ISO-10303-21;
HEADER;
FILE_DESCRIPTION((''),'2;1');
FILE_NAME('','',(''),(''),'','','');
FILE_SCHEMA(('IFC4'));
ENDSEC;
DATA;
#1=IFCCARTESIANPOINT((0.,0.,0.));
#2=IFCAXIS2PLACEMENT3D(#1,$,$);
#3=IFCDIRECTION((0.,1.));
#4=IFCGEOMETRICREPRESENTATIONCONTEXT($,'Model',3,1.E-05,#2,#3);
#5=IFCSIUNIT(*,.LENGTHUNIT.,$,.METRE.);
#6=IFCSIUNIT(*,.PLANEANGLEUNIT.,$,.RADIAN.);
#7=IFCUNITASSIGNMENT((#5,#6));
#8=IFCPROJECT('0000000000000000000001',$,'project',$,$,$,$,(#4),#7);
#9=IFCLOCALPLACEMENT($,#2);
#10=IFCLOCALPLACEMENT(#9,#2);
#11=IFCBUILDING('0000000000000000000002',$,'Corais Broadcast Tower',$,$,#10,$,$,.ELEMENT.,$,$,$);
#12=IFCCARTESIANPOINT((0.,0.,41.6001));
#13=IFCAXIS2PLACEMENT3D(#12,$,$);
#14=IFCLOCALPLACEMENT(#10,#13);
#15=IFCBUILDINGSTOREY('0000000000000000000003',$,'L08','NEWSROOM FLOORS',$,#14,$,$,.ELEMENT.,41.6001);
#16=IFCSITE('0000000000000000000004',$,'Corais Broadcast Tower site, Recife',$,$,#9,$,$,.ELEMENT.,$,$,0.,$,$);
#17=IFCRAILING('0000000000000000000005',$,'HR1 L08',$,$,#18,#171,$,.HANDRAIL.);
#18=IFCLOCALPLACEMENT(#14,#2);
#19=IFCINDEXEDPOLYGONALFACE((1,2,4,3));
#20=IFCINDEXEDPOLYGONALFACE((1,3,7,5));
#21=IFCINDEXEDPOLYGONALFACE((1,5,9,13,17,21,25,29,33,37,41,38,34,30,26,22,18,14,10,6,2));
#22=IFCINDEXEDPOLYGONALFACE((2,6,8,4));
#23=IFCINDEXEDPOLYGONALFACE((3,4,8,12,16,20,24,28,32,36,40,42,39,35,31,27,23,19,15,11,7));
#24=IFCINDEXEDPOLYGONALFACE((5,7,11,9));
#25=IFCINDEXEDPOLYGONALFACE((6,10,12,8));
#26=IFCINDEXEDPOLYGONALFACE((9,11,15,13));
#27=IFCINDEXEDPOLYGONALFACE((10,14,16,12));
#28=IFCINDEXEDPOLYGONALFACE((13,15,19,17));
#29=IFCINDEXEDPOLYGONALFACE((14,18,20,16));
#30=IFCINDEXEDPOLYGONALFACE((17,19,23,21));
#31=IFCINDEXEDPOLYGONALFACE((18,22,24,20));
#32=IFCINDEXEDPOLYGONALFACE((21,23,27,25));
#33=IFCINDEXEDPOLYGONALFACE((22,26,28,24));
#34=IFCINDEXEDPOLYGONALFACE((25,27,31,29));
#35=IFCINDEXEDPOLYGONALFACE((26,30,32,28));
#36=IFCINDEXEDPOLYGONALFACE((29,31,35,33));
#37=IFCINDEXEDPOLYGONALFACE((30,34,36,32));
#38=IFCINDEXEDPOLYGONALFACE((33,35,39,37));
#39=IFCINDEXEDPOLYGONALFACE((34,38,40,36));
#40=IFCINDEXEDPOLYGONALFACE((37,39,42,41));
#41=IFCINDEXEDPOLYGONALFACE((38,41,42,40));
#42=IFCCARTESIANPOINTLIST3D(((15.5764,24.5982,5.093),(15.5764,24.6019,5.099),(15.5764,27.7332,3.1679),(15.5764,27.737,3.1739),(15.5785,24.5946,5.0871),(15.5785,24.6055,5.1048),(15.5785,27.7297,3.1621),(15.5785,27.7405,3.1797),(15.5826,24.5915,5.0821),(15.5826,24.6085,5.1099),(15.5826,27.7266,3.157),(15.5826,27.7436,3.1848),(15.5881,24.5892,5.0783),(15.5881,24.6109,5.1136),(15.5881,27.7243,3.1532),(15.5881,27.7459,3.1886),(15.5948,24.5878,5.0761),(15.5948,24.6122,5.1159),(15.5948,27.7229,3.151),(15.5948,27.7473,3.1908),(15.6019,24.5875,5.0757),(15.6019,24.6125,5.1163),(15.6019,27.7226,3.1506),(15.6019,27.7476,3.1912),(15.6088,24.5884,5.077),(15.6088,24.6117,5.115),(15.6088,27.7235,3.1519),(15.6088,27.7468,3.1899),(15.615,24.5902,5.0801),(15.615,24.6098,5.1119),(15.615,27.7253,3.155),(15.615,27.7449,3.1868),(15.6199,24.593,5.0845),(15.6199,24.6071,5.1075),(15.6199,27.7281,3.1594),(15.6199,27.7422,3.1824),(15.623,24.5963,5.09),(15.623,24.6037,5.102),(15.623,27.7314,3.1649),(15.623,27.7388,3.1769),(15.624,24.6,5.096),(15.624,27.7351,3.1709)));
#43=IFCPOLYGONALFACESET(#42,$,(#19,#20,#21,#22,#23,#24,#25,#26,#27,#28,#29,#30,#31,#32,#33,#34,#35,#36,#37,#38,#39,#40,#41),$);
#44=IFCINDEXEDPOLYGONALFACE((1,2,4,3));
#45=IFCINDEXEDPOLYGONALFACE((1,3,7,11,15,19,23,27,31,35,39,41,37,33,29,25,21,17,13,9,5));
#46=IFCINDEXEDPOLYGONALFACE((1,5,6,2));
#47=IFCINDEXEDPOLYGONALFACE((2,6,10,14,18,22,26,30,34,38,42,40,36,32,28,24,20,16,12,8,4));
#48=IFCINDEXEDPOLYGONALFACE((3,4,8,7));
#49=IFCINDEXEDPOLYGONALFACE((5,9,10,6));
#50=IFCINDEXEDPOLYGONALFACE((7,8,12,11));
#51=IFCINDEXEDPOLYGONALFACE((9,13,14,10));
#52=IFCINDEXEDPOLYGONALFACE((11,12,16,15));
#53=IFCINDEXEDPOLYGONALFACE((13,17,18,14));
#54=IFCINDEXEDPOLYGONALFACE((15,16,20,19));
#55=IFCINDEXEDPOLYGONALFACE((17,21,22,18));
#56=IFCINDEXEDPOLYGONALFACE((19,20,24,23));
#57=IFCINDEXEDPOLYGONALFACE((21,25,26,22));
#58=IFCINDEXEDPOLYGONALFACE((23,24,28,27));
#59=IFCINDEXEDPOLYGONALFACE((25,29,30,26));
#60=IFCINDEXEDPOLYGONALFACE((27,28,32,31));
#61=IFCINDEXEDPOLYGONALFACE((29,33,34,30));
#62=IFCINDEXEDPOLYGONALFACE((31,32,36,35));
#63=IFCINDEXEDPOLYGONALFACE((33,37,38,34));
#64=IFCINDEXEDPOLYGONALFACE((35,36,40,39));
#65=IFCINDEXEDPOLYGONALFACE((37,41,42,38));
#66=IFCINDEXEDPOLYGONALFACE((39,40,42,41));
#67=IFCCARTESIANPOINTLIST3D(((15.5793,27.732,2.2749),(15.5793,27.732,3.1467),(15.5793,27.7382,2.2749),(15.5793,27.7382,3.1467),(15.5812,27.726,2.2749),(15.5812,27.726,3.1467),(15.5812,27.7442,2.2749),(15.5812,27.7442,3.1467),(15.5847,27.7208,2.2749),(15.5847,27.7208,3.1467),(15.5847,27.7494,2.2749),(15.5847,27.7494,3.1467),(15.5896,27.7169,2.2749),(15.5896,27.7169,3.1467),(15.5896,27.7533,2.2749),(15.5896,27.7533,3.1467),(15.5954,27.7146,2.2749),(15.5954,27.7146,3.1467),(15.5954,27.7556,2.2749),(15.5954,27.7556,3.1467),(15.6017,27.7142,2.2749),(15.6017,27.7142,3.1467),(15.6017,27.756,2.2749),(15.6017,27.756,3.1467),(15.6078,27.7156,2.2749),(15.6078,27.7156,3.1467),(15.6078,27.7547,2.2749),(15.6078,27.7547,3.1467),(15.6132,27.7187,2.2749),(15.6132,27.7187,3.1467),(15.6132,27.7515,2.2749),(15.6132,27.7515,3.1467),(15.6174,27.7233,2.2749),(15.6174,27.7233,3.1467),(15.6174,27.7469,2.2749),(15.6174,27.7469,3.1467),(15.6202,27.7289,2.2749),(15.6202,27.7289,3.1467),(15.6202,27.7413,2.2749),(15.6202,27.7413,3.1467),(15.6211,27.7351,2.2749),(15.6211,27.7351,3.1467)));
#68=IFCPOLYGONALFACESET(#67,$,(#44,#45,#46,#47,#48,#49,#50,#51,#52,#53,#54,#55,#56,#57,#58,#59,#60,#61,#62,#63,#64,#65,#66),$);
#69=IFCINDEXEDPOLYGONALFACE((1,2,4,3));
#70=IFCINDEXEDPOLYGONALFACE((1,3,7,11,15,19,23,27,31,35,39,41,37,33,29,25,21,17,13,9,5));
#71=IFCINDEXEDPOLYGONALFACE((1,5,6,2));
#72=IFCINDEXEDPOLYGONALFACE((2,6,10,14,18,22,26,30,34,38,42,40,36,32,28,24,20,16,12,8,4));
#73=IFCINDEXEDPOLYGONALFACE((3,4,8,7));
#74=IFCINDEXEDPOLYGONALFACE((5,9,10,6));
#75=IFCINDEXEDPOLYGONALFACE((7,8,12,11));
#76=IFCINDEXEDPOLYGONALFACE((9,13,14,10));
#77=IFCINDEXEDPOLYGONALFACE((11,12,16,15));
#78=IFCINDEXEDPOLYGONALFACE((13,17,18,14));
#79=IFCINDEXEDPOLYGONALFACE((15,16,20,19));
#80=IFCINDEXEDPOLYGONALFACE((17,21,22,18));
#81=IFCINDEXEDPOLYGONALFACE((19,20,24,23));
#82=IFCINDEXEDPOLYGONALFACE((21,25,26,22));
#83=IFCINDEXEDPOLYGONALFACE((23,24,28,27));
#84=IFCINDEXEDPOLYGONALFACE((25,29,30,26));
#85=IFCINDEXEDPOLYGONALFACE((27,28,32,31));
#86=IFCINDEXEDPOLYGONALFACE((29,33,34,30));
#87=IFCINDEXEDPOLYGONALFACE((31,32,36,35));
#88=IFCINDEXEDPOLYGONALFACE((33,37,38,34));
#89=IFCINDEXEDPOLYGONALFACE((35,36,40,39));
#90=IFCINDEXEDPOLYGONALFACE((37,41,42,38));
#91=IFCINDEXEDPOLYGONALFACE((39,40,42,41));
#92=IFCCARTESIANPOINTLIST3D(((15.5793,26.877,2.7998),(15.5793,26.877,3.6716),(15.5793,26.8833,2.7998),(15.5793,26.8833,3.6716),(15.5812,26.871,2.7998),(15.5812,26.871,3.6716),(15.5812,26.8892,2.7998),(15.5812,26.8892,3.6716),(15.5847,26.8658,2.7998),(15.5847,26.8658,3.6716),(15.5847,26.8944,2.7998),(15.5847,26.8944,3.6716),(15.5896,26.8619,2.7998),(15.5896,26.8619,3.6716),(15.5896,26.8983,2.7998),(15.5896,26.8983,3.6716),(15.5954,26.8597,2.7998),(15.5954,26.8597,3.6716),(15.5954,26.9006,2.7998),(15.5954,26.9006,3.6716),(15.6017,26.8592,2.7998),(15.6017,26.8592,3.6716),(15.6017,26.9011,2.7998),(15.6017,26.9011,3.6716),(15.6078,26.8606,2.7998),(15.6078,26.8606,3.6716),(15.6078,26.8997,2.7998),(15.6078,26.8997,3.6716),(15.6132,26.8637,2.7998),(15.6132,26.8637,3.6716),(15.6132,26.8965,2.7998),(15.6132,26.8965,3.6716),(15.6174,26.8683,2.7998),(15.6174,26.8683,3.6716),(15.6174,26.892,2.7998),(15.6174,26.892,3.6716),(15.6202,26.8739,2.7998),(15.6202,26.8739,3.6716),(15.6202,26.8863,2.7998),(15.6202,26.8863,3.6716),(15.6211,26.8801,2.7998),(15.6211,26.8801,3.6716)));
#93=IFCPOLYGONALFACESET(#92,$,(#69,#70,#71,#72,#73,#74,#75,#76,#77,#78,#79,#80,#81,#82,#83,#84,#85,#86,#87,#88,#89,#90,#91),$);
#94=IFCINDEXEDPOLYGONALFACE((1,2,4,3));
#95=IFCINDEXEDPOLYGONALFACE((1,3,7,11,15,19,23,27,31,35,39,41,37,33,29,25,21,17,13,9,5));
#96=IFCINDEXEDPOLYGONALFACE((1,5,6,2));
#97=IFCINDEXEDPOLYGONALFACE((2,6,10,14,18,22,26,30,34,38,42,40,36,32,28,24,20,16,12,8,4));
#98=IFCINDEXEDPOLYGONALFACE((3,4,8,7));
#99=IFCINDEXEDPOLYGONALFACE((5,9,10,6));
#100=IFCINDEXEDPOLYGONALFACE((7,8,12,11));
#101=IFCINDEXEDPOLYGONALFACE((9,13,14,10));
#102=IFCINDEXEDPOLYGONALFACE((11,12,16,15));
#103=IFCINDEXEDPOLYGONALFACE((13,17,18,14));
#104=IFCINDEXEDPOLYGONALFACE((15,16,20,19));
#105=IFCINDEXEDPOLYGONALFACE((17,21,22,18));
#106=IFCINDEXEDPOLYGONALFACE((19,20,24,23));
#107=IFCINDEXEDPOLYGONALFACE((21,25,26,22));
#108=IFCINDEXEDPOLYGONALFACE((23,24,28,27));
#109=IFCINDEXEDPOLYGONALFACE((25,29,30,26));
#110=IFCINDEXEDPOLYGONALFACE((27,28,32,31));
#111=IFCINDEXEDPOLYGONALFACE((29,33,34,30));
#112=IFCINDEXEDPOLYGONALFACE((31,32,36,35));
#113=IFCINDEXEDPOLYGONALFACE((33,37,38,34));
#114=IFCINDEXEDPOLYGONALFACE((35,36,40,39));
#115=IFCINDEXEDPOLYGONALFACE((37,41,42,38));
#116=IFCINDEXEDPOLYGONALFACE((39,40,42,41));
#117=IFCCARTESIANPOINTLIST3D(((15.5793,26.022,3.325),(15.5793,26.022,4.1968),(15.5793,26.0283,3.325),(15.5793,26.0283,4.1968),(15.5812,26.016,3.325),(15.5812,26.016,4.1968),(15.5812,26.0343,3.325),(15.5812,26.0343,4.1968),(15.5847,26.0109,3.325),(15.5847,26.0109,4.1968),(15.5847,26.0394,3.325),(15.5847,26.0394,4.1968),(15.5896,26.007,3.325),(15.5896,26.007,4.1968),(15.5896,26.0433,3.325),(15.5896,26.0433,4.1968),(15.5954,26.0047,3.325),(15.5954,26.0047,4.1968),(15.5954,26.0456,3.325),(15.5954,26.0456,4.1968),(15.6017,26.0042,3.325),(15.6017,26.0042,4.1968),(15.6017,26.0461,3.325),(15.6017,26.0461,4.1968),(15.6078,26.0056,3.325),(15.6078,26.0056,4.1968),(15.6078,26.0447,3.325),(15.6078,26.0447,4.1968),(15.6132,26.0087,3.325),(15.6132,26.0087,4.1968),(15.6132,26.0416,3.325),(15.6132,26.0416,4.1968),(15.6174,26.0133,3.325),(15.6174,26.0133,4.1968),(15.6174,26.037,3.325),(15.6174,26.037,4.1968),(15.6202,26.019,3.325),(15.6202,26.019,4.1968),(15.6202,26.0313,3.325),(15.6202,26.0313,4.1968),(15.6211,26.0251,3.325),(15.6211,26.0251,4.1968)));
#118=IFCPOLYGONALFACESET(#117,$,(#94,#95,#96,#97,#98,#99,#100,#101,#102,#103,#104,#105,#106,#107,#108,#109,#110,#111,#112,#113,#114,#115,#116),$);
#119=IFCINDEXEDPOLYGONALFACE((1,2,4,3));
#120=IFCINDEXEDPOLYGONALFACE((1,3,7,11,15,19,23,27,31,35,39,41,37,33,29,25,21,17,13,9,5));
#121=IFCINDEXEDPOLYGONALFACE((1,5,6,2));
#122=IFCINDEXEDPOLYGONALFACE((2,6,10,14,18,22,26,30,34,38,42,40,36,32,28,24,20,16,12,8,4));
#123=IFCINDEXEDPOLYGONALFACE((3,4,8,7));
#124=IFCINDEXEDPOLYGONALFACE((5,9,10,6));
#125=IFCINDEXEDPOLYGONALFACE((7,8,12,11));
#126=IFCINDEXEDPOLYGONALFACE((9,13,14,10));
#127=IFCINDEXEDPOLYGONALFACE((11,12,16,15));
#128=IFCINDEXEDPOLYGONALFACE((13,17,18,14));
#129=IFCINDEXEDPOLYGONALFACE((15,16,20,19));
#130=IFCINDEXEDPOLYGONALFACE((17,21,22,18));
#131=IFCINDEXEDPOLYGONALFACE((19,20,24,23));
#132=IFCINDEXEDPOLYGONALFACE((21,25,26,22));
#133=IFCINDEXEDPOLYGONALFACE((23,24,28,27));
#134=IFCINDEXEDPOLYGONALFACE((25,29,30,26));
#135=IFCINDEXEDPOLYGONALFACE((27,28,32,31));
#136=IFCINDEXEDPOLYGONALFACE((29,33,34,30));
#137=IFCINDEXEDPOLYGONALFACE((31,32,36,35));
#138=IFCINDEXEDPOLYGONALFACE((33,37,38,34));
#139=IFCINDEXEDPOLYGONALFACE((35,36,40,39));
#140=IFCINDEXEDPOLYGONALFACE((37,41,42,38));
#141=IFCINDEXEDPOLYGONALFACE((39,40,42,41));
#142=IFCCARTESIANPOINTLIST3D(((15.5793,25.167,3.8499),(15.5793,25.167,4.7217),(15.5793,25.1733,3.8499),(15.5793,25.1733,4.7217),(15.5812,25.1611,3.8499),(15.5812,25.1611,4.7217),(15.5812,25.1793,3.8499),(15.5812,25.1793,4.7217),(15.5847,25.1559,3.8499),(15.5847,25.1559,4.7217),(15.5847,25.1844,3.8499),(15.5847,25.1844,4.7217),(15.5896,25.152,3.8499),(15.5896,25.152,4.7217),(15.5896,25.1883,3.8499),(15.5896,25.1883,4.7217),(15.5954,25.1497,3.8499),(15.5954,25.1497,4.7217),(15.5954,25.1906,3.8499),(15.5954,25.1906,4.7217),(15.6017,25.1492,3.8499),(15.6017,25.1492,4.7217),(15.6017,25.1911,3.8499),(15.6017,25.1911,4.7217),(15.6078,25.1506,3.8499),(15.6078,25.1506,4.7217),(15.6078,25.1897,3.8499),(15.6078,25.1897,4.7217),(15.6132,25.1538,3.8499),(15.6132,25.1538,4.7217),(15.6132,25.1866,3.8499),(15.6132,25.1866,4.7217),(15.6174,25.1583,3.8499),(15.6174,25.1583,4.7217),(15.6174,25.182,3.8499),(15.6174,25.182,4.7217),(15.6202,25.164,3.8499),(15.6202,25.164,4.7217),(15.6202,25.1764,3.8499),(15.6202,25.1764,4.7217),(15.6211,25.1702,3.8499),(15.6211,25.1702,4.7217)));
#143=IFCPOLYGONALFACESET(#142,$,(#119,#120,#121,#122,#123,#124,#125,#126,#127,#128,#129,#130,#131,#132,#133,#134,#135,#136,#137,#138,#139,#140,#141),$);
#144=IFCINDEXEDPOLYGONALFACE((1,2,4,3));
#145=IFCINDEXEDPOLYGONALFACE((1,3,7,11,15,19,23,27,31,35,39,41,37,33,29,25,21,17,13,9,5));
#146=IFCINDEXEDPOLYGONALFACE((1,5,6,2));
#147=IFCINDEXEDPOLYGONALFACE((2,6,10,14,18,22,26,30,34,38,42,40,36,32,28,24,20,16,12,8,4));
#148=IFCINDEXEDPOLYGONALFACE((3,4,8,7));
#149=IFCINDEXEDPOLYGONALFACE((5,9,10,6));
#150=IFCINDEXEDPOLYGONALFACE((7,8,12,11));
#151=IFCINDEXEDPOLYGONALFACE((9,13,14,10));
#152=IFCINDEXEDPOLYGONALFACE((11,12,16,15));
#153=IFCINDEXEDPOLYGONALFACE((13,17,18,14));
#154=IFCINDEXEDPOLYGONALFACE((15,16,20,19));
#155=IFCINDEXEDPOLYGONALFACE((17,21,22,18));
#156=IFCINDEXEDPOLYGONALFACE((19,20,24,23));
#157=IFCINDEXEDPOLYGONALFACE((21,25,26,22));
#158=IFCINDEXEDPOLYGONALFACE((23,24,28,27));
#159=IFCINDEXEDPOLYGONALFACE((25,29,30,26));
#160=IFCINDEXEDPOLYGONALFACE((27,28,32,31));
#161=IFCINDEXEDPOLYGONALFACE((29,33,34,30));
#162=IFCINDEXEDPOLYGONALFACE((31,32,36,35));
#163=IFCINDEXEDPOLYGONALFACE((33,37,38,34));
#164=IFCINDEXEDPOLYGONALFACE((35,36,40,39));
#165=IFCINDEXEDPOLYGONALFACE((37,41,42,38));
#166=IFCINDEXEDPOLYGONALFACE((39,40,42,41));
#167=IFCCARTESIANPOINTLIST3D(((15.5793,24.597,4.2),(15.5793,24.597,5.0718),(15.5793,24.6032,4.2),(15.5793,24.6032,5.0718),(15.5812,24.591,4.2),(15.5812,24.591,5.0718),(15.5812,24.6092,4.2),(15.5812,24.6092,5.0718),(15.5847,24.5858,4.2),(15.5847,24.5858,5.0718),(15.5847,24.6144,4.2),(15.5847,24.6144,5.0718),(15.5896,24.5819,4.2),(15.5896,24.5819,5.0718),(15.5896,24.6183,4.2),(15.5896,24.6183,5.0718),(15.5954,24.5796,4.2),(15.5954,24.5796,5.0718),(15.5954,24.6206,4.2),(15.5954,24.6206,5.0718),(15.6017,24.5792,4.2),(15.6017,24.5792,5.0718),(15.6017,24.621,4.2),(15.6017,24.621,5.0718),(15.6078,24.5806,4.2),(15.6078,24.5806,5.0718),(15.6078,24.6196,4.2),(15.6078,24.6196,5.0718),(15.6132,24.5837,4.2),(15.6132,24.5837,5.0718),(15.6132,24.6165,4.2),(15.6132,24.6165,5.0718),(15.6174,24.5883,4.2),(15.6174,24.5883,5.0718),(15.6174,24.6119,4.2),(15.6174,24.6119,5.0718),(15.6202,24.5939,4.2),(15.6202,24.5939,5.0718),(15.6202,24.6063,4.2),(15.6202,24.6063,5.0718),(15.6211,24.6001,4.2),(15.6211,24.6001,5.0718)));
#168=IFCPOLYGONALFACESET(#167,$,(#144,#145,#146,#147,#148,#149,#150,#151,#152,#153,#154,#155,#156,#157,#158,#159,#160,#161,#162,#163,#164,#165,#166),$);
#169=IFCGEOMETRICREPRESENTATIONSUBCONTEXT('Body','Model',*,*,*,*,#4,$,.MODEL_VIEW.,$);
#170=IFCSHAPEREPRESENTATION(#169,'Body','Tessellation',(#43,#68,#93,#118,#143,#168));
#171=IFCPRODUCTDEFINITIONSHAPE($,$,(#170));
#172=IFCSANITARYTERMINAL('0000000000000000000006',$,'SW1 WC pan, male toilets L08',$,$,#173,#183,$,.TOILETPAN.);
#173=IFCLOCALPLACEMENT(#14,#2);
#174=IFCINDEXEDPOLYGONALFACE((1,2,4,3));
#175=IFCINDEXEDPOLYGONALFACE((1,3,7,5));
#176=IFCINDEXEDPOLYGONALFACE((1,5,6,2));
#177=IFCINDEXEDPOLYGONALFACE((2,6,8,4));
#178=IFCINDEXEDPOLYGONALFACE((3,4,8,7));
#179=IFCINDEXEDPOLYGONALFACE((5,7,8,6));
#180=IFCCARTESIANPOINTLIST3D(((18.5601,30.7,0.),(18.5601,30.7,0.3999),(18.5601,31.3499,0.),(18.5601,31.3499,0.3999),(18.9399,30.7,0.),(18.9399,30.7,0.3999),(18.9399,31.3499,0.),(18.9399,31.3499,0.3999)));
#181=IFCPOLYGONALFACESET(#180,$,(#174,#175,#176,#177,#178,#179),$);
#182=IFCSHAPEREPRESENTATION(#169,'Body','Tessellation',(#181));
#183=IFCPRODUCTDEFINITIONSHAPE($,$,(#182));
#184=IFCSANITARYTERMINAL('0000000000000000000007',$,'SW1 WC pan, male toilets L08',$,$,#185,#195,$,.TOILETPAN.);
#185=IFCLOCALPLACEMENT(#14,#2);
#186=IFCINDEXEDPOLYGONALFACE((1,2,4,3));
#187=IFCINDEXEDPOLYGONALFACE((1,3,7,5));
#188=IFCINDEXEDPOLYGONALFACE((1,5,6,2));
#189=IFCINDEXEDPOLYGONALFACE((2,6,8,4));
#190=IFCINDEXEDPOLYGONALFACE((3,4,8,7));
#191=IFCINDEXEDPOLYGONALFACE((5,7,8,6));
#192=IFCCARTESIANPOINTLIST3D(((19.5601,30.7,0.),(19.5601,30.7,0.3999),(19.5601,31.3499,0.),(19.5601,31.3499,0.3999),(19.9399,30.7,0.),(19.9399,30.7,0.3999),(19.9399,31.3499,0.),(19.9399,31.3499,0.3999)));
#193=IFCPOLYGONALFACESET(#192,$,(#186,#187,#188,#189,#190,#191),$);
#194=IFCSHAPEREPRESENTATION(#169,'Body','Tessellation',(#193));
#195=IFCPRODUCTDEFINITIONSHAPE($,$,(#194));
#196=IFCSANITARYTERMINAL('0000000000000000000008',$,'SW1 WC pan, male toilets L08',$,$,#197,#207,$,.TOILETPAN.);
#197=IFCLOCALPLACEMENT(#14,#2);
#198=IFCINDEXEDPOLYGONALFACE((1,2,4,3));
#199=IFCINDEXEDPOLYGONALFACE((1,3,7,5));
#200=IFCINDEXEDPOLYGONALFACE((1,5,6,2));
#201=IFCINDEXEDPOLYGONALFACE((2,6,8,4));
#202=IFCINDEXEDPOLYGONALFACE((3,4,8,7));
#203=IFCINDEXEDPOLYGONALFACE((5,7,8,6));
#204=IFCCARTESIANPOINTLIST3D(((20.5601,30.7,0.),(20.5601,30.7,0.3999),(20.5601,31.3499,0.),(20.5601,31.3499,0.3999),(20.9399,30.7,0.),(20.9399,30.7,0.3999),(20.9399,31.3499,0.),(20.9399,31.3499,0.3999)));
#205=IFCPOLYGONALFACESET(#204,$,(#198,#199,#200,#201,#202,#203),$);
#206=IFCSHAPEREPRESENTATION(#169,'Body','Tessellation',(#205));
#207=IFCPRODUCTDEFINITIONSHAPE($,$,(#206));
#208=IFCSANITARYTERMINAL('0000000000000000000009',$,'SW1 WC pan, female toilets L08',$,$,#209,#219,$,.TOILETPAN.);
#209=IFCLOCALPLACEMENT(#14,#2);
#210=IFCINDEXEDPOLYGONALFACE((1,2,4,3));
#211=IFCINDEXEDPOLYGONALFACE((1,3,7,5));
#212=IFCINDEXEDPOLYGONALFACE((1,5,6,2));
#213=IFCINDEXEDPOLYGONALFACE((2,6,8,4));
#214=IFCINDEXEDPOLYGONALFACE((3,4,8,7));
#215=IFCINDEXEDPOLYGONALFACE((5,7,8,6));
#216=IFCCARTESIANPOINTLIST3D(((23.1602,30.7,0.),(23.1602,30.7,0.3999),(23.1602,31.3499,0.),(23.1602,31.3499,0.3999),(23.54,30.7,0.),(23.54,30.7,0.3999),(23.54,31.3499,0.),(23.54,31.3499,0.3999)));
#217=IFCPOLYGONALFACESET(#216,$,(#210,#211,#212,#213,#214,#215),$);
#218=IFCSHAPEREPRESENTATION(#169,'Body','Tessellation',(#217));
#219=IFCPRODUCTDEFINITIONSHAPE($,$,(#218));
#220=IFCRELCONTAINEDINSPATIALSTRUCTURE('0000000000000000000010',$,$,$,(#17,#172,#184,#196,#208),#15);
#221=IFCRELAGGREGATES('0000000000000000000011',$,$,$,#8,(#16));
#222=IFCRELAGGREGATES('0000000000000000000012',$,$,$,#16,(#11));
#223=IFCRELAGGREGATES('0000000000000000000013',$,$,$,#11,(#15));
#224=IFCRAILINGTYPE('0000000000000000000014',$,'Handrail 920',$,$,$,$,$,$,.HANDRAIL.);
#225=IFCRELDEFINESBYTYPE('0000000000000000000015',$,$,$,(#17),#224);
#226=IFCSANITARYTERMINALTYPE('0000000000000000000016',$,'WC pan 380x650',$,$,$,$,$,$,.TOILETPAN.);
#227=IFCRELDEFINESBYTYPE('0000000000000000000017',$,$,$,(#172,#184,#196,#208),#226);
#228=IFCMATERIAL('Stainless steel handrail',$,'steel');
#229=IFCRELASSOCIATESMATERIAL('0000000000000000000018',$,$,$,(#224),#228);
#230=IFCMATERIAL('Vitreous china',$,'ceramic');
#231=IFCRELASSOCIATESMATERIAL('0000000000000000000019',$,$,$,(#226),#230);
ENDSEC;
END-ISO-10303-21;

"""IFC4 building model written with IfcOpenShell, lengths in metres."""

from ifc_helpers import new_model, si_unit, direction, frame, origin, origin_2d, place, context, subcontext, project, spatial, rectangle, circle, extrude, material, type_object, element, save


model = new_model("IFC4")

# Units and contexts
model_context = context("Model", 3, precision=1e-05, world=origin(), true_north=direction((0.0, 1.0)))
body_context = subcontext(model_context, "Body", "Model", "MODEL_VIEW")
ifc_project = project(units=[si_unit("LENGTHUNIT", "METRE"), si_unit("PLANEANGLEUNIT", "RADIAN")], contexts=[model_context])

# Site, building, storey
site_placement = place(None, origin())
site = spatial("IfcSite", under=ifc_project, at=site_placement, Name="Corais Broadcast Tower site, Recife", CompositionType="ELEMENT", RefElevation=0.0)
building_placement = place(site_placement, origin())
building = spatial("IfcBuilding", under=site, at=building_placement, Name="Corais Broadcast Tower", CompositionType="ELEMENT")
storey_placement = place(building_placement, frame((0.0, 0.0, 41.6001)))
storey = spatial("IfcBuildingStorey", under=building, at=storey_placement, Name="L08", Description="NEWSROOM FLOORS", CompositionType="ELEMENT", Elevation=41.6001)

# Railing
ifc_material_1 = material(Name="Stainless steel handrail", Category="steel")
railing_type = type_object("IfcRailingType", Name="Handrail 920", PredefinedType="HANDRAIL", material=ifc_material_1)
railing_placement = place(storey_placement, frame((15.6001, 27.7351, 2.2749)))
element("IfcRailing", 1, at=railing_placement, inside=storey, type_object=railing_type, Name="HR1 L08", PredefinedType="HANDRAIL", context=body_context, shape_type="SweptSolid", body=[
    extrude(circle(Radius=0.0239, at=origin_2d()), frame((0.0, 0.0, 0.896), z_axis=(0.0, -0.852166, 0.523271), x_axis=(1.0, 0.0, 0.0)), (0.0, 0.0, 1.0), 3.679),
    extrude(circle(Radius=0.021, at=origin_2d()), origin(), (0.0, 0.0, 1.0), 0.8718),
    extrude(circle(Radius=0.021, at=origin_2d()), frame((0.0, -0.855, 0.5249)), (0.0, 0.0, 1.0), 0.8718),
    extrude(circle(Radius=0.021, at=origin_2d()), frame((0.0, -1.71, 1.05)), (0.0, 0.0, 1.0), 0.8718),
    extrude(circle(Radius=0.021, at=origin_2d()), frame((0.0, -2.5649, 1.575)), (0.0, 0.0, 1.0), 0.8718),
    extrude(circle(Radius=0.021, at=origin_2d()), frame((0.0, -3.135, 1.925)), (0.0, 0.0, 1.0), 0.8718),
])

# Sanitary terminals
ifc_material_2 = material(Name="Vitreous china", Category="ceramic")
sanitary_terminal_type_1 = type_object("IfcSanitaryTerminalType", Name="WC pan 380x650", PredefinedType="TOILETPAN", material=ifc_material_2)
for number, where, z_axis, x_axis, name in (
    (2, (18.75, 31.0249, 0.0), (0.0, 0.0, 1.0), (1.0, 0.0, 0.0), "SW1 WC pan, male toilets L08"),
    (3, (19.75, 31.0249, 0.0), (0.0, 0.0, 1.0), (1.0, 0.0, 0.0), "SW1 WC pan, male toilets L08"),
    (4, (20.75, 31.0249, 0.0), (0.0, 0.0, 1.0), (1.0, 0.0, 0.0), "SW1 WC pan, male toilets L08"),
    (5, (23.3501, 31.0249, 0.0), (0.0, 0.0, 1.0), (1.0, 0.0, 0.0), "SW1 WC pan, female toilets L08"),
):
    element("IfcSanitaryTerminal", number, at=place(storey_placement, frame(where, z_axis=z_axis, x_axis=x_axis)), inside=storey, type_object=sanitary_terminal_type_1, Name=name, PredefinedType="TOILETPAN", context=body_context, shape_type="SweptSolid", body=[
        extrude(rectangle(XDim=0.3799, YDim=0.6499, at=origin_2d()), origin(), (0.0, 0.0, 1.0), 0.3999),
    ])

save(model, "model.ifc")
